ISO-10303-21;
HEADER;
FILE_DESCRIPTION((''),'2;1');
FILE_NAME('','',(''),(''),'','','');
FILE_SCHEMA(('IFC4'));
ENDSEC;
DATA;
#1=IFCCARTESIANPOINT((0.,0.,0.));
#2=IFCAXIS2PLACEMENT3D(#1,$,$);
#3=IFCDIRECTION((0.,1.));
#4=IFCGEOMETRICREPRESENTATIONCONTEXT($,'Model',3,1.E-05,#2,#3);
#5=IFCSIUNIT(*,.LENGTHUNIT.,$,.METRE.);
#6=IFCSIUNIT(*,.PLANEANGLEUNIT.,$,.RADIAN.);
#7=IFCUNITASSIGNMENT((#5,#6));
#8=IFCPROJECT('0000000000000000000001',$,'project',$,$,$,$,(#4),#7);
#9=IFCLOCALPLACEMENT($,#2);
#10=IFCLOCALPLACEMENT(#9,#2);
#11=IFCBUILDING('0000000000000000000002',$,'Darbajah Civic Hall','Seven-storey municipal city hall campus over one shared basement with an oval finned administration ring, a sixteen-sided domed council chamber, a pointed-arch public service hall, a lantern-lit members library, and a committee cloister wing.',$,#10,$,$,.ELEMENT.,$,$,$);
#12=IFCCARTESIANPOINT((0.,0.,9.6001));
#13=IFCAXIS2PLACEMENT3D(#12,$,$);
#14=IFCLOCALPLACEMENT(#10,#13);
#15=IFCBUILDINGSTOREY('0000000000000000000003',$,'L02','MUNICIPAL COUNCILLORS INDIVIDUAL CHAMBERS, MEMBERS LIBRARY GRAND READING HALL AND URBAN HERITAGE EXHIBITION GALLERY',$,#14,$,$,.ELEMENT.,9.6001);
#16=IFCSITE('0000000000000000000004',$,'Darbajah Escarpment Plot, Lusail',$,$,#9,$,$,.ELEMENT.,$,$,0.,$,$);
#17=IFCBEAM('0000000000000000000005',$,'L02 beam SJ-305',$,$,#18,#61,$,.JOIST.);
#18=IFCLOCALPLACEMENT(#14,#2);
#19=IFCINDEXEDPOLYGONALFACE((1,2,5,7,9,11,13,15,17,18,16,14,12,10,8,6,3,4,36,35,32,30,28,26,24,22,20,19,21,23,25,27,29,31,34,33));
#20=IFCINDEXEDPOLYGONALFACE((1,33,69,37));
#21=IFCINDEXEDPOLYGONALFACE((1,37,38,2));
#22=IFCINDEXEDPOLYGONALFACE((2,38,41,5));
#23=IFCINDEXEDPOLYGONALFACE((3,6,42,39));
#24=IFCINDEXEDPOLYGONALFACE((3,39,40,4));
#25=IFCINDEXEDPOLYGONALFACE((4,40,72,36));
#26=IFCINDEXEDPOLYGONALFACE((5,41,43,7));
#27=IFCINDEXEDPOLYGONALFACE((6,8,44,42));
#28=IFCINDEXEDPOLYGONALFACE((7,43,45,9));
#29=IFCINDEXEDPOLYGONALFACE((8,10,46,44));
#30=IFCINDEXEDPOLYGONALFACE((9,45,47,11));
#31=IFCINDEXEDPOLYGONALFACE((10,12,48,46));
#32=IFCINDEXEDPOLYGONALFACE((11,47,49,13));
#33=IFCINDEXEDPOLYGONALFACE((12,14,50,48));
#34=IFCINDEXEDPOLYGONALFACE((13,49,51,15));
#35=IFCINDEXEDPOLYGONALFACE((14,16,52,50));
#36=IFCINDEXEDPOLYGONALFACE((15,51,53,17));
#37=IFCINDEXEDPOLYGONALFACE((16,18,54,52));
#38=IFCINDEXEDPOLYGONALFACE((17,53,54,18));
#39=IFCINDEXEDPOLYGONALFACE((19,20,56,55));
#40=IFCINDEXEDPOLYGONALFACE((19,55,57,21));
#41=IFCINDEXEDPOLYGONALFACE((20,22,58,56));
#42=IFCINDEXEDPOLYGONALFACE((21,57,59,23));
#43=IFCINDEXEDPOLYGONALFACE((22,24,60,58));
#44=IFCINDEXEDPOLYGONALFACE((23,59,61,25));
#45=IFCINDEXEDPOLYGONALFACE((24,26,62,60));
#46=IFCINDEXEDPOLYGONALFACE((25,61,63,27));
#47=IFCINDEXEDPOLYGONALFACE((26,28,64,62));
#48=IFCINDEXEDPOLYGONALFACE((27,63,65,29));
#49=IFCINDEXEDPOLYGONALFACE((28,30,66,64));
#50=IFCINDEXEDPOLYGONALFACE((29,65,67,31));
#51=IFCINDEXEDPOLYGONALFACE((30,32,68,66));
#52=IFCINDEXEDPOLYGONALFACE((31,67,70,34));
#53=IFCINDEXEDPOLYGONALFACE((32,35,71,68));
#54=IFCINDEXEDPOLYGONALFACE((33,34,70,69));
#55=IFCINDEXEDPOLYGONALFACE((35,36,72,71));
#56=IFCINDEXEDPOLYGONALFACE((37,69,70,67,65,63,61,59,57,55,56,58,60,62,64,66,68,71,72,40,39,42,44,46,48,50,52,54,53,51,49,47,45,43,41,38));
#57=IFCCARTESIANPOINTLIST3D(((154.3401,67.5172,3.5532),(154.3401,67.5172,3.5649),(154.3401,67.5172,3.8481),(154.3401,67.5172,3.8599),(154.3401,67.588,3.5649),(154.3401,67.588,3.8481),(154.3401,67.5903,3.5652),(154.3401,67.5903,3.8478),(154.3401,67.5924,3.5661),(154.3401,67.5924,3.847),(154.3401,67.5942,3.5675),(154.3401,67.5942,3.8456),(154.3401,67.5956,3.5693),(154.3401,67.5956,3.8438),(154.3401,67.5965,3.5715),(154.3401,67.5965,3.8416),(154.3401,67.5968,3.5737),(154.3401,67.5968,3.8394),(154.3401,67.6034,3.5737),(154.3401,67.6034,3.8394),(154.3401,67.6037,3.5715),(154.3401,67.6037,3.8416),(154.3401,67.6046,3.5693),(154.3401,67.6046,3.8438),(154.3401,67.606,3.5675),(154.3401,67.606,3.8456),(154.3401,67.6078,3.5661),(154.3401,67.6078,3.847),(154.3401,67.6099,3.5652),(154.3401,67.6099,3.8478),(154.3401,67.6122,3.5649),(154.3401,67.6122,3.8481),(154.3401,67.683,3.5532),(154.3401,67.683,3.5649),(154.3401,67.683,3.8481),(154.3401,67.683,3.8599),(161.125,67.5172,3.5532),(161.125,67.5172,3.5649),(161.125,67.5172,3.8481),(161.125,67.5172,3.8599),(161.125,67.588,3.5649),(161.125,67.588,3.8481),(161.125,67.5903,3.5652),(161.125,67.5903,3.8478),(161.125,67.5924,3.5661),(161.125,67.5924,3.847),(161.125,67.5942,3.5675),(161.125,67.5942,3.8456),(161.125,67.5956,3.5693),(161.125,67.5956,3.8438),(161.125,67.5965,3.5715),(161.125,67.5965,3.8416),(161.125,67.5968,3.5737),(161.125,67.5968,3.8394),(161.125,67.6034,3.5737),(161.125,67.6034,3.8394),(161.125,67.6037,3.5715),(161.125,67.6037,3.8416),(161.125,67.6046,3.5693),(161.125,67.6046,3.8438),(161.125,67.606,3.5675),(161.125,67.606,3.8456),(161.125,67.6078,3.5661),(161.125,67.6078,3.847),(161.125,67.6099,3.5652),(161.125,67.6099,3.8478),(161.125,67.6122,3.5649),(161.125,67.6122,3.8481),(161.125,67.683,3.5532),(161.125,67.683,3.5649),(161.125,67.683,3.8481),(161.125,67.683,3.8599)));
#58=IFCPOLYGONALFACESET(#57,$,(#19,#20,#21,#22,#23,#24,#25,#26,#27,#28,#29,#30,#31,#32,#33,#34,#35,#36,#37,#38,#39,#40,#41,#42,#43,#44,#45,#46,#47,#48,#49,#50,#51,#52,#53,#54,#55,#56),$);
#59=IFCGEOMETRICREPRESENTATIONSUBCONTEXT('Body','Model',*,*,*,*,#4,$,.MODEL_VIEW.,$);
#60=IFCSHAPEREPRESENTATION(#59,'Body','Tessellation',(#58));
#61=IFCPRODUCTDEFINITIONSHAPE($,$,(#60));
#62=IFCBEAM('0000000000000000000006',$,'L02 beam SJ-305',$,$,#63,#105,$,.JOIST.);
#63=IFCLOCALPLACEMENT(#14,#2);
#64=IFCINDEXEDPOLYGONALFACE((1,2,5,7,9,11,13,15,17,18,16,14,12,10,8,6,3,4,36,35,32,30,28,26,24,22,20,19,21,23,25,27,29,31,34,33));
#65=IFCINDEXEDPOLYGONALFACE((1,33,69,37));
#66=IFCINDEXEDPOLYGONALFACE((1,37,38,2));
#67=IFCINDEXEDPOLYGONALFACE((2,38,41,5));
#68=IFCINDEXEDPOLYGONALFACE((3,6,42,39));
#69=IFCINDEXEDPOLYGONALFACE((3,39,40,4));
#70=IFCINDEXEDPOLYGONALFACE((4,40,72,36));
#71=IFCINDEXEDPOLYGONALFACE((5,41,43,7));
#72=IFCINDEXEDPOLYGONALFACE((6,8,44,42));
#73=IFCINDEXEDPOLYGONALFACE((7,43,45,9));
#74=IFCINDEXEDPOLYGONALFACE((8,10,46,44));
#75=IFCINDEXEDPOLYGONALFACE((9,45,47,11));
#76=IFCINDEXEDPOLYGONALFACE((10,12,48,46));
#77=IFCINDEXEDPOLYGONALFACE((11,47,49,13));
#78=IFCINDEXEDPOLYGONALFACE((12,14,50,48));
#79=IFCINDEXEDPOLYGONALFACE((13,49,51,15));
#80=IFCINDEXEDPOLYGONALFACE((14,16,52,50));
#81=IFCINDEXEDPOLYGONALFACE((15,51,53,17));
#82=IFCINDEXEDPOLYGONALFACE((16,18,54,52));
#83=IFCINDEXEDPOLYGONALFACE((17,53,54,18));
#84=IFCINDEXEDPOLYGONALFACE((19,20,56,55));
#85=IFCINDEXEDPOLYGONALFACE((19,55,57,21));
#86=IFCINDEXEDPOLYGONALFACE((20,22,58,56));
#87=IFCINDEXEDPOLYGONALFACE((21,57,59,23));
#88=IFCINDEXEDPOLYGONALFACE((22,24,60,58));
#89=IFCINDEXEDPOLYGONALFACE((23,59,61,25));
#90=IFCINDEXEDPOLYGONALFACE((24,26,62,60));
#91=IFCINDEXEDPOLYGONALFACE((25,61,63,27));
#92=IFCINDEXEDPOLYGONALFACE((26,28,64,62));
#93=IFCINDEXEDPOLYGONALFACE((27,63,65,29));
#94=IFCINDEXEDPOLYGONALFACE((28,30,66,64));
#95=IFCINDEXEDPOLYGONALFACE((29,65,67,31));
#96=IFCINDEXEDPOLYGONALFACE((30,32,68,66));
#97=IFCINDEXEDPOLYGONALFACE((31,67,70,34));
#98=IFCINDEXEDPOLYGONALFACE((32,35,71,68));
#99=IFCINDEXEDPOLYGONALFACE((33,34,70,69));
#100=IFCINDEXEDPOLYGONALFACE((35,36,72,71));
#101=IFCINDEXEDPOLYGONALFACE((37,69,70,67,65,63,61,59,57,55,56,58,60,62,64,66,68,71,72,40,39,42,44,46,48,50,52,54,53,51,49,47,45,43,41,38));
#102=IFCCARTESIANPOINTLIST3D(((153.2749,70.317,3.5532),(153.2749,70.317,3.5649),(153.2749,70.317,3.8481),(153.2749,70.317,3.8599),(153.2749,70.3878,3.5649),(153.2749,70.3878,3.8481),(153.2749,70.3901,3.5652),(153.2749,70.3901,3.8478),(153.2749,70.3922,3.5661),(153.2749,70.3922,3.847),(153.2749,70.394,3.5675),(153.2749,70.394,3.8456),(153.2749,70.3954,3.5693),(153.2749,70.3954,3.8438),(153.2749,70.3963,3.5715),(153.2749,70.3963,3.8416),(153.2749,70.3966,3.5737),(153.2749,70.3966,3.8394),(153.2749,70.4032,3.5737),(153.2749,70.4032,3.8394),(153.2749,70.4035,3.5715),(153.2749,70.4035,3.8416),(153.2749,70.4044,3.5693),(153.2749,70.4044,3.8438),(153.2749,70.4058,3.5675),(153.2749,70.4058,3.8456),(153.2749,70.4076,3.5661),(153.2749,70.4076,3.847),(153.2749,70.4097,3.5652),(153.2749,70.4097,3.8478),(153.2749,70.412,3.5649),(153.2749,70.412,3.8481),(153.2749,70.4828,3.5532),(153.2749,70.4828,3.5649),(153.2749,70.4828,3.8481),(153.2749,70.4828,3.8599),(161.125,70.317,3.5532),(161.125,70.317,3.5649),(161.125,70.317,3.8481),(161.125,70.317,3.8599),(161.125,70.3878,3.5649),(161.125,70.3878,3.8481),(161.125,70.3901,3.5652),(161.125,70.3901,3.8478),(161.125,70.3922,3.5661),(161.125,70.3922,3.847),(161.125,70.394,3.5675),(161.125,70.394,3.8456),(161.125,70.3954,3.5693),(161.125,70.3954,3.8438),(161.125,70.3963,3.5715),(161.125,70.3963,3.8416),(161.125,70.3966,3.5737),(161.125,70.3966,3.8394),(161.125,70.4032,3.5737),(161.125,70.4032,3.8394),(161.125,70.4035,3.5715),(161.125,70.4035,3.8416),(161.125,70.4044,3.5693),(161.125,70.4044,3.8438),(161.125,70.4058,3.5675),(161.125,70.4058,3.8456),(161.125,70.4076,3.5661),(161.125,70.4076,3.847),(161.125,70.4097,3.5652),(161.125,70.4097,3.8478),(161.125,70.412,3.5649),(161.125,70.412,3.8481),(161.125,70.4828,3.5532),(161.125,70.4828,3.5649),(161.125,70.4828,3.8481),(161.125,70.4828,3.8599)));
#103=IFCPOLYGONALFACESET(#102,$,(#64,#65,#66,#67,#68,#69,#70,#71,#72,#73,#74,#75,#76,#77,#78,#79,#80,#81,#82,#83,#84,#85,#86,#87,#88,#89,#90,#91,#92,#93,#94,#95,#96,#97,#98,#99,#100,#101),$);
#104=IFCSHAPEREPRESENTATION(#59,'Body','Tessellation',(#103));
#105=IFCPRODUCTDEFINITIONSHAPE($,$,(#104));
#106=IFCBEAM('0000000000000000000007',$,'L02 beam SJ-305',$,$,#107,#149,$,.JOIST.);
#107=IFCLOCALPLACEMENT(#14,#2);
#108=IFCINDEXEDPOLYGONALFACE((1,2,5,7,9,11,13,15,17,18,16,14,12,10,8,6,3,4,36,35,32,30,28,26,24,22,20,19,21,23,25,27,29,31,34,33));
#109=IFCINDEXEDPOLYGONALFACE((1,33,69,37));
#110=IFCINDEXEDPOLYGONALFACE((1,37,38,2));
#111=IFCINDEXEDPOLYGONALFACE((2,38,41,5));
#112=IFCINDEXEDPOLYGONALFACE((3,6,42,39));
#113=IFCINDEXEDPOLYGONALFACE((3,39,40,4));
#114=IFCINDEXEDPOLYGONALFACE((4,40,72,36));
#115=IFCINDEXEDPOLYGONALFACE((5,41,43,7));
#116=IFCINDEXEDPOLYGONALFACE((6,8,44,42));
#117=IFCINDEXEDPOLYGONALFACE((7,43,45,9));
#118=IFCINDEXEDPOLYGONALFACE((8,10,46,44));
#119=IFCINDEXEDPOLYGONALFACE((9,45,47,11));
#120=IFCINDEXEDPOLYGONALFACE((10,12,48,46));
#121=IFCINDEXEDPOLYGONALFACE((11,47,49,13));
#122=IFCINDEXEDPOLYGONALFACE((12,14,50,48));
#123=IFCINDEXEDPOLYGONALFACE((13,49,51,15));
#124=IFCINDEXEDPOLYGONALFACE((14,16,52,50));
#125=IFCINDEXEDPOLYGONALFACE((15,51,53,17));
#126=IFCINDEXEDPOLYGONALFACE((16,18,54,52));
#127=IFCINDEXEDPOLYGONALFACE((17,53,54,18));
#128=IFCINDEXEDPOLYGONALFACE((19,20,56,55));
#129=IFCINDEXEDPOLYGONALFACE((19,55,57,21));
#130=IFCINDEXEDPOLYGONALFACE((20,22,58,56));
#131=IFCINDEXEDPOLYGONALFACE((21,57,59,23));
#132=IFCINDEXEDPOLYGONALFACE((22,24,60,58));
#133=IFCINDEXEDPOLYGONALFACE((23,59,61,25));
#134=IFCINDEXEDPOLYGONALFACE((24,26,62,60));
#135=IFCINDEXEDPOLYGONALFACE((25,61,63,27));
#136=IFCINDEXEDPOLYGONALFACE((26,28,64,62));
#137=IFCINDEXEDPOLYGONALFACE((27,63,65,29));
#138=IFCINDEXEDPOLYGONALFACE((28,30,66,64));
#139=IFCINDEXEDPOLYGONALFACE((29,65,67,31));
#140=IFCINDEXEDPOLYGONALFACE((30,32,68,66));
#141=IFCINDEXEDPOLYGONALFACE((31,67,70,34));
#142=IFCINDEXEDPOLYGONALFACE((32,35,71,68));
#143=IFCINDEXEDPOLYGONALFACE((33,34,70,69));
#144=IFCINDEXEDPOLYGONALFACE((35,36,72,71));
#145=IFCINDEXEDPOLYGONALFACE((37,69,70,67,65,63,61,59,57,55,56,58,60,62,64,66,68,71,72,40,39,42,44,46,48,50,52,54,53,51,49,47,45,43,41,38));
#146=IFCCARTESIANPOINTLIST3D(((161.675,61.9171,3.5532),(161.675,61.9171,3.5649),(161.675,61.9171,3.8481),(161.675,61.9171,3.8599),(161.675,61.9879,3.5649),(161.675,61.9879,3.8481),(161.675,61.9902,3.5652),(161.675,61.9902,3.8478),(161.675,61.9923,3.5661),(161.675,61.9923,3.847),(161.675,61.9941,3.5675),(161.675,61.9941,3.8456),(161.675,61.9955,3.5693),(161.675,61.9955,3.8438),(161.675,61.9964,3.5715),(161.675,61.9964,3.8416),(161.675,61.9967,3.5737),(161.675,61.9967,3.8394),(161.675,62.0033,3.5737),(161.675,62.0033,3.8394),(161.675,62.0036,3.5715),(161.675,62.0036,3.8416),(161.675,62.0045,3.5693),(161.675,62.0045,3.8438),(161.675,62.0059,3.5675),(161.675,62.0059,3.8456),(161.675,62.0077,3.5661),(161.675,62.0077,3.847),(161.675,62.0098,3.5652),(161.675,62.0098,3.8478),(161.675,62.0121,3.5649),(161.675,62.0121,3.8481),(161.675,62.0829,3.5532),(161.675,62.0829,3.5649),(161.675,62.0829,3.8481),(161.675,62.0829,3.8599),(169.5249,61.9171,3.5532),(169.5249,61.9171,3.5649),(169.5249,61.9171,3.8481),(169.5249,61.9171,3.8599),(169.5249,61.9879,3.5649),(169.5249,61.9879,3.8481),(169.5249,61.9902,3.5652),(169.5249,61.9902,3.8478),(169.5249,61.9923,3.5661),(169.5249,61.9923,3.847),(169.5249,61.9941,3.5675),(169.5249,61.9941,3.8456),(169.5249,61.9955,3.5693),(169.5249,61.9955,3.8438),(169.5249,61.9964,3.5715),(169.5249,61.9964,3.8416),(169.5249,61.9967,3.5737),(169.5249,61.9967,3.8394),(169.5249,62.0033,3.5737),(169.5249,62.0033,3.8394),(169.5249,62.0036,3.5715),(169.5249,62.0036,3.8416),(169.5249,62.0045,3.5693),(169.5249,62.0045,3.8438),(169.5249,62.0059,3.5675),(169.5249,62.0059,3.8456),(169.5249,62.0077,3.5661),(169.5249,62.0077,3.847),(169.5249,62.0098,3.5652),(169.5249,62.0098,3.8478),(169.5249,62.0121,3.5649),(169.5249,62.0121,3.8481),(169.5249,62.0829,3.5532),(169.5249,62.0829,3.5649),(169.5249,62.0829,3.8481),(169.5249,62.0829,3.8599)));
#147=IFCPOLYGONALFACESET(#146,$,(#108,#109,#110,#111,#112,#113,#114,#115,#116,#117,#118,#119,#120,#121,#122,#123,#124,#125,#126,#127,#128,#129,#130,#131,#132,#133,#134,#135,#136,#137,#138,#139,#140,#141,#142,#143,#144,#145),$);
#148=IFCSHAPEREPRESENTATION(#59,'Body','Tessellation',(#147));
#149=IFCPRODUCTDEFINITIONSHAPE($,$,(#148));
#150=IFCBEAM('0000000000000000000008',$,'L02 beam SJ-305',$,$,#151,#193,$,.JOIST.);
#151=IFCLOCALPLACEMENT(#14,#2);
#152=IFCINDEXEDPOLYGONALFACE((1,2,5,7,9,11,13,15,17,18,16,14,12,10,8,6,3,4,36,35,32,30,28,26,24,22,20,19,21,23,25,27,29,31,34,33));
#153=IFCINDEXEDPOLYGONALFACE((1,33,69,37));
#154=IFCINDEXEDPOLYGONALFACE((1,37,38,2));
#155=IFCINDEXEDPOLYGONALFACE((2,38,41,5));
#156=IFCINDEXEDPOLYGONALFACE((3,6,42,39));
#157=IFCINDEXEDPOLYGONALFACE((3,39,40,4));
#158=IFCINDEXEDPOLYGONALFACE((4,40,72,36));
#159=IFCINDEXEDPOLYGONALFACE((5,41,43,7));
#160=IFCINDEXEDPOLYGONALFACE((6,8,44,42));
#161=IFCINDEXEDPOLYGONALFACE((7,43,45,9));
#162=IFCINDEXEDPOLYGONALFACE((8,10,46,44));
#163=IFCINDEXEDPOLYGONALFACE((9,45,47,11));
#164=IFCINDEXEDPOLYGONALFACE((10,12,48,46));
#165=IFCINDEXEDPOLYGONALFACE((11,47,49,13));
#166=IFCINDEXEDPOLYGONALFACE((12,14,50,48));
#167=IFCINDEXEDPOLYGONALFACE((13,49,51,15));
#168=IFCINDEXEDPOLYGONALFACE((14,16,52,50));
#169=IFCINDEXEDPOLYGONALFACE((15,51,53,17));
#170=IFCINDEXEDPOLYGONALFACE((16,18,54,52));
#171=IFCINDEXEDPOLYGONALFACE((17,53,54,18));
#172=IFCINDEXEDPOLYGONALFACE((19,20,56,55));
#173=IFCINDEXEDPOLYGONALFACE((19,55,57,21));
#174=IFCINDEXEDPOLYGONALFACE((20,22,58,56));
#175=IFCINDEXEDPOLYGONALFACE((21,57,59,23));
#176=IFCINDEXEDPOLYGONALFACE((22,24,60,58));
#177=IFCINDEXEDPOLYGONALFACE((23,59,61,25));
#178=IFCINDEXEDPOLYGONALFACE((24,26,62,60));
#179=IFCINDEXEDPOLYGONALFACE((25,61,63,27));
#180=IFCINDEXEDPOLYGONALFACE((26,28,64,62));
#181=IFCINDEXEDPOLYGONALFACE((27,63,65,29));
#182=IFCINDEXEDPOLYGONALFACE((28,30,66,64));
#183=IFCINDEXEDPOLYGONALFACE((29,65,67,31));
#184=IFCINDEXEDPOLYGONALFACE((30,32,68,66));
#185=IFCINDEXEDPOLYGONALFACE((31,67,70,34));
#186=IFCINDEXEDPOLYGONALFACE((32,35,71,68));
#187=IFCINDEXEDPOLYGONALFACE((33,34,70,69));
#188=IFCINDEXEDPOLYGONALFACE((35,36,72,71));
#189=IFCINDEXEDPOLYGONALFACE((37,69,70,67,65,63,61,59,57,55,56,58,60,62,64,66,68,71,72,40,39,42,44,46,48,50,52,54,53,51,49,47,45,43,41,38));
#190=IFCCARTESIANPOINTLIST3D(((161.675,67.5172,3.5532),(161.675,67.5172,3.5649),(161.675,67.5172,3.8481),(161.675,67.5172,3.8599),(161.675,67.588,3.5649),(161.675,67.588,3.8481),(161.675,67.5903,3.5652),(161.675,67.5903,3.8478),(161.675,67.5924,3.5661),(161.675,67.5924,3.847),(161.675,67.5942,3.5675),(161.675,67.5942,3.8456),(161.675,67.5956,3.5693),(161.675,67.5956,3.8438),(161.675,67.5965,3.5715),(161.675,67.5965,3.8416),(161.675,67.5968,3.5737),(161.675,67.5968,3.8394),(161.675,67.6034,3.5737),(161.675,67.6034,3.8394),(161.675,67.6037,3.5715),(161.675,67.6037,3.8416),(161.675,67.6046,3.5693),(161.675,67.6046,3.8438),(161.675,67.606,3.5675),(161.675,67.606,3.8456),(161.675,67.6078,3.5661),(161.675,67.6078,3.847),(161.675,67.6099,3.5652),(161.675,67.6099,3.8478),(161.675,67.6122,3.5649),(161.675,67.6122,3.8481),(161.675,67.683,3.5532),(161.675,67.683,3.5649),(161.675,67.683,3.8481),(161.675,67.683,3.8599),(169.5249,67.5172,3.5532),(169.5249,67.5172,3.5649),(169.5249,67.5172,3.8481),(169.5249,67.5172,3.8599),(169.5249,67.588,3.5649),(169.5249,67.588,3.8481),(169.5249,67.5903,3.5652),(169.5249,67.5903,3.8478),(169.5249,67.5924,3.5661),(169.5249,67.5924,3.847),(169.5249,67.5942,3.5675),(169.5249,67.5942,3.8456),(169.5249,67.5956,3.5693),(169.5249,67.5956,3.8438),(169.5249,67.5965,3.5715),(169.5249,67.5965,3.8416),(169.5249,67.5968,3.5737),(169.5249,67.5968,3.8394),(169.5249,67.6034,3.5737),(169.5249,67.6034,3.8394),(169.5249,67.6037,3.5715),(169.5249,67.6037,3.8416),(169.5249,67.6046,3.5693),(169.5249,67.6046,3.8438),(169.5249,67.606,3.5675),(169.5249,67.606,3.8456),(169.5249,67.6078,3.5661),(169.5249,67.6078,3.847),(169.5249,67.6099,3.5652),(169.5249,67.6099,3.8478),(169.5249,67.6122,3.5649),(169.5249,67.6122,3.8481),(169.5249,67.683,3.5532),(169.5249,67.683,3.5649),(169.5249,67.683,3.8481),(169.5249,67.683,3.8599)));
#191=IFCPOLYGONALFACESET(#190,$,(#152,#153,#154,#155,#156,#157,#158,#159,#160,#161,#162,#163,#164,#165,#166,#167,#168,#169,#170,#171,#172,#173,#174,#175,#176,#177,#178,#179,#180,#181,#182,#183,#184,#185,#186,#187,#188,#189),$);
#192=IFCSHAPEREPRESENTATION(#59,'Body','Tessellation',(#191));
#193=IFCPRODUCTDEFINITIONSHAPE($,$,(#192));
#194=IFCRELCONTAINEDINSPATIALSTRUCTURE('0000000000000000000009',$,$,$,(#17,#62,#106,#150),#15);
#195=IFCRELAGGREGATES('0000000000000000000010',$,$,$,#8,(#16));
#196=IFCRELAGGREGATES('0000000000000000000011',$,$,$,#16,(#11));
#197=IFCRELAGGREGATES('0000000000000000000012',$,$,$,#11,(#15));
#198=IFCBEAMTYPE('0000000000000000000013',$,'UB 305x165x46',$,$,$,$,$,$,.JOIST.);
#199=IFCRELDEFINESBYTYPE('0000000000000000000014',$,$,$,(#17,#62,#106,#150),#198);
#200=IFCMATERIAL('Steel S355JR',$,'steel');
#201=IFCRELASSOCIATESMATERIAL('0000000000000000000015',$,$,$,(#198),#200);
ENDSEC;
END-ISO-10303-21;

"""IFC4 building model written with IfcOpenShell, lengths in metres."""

from ifc_helpers import new_model, si_unit, direction, frame, origin, origin_2d, place, context, subcontext, project, spatial, i_section, extrude, material, material_profile, profile_set, type_object, element, save


model = new_model("IFC4")

# Units and contexts
model_context = context("Model", 3, precision=1e-05, world=origin(), true_north=direction((0.0, 1.0)))
body_context = subcontext(model_context, "Body", "Model", "MODEL_VIEW")
ifc_project = project(units=[si_unit("LENGTHUNIT", "METRE"), si_unit("PLANEANGLEUNIT", "RADIAN")], contexts=[model_context])

# Site, building, storey
site_placement = place(None, origin())
site = spatial("IfcSite", under=ifc_project, at=site_placement, Name="Darbajah Escarpment Plot, Lusail", CompositionType="ELEMENT", RefElevation=0.0)
building_placement = place(site_placement, origin())
building = spatial("IfcBuilding", under=site, at=building_placement, Name="Darbajah Civic Hall", Description="Seven-storey municipal city hall campus over one shared basement with an oval finned administration ring, a sixteen-sided domed council chamber, a pointed-arch public service hall, a lantern-lit members library, and a committee cloister wing.", CompositionType="ELEMENT")
storey_placement = place(building_placement, frame((0.0, 0.0, 9.6001)))
storey = spatial("IfcBuildingStorey", under=building, at=storey_placement, Name="L02", Description="MUNICIPAL COUNCILLORS INDIVIDUAL CHAMBERS, MEMBERS LIBRARY GRAND READING HALL AND URBAN HERITAGE EXHIBITION GALLERY", CompositionType="ELEMENT", Elevation=9.6001)

# Beams
ifc_material_1 = material(Name="Steel S355JR", Category="steel")
ifc_material_profile_1 = material_profile(ifc_material_1, i_section(OverallWidth=0.1658, OverallDepth=0.3066, WebThickness=0.0066, FlangeThickness=0.0117, FilletRadius=0.0088, at=origin_2d()), Name="UB 305x165x46")
ifc_profile_set_1 = profile_set([ifc_material_profile_1], Name="Steel S355JR")
beam_type_1 = type_object("IfcBeamType", Name="UB 305x165x46", PredefinedType="JOIST", material=ifc_profile_set_1)
beam_1_placement = place(storey_placement, frame((154.3401, 67.6001, 3.7065), z_axis=(1.0, 0.0, 0.0), x_axis=(0.0, 1.0, 0.0)))
element("IfcBeam", 1, at=beam_1_placement, inside=storey, type_object=beam_type_1, Name="L02 beam SJ-305", PredefinedType="JOIST", context=body_context, shape_type="SweptSolid", body=[
    extrude(i_section(OverallWidth=0.1658, OverallDepth=0.3066, WebThickness=0.0066, FlangeThickness=0.0117, FilletRadius=0.0088, at=origin_2d()), origin(), (0.0, 0.0, 1.0), 6.7849),
])
beam_2_placement = place(storey_placement, frame((153.2749, 70.3999, 3.7065), z_axis=(1.0, 0.0, 0.0), x_axis=(0.0, 1.0, 0.0)))
element("IfcBeam", 2, at=beam_2_placement, inside=storey, type_object=beam_type_1, Name="L02 beam SJ-305", PredefinedType="JOIST", context=body_context, shape_type="SweptSolid", body=[
    extrude(i_section(OverallWidth=0.1658, OverallDepth=0.3066, WebThickness=0.0066, FlangeThickness=0.0117, FilletRadius=0.0088, at=origin_2d()), origin(), (0.0, 0.0, 1.0), 7.8501),
])
for number, where, z_axis, x_axis, name in (
    (3, (161.675, 62.0, 3.7065), (1.0, 0.0, 0.0), (0.0, 1.0, 0.0), "L02 beam SJ-305"),
    (4, (161.675, 67.6001, 3.7065), (1.0, 0.0, 0.0), (0.0, 1.0, 0.0), "L02 beam SJ-305"),
):
    element("IfcBeam", number, at=place(storey_placement, frame(where, z_axis=z_axis, x_axis=x_axis)), inside=storey, type_object=beam_type_1, Name=name, PredefinedType="JOIST", context=body_context, shape_type="SweptSolid", body=[
        extrude(i_section(OverallWidth=0.1658, OverallDepth=0.3066, WebThickness=0.0066, FlangeThickness=0.0117, FilletRadius=0.0088, at=origin_2d()), origin(), (0.0, 0.0, 1.0), 7.8499),
    ])

save(model, "model.ifc")
